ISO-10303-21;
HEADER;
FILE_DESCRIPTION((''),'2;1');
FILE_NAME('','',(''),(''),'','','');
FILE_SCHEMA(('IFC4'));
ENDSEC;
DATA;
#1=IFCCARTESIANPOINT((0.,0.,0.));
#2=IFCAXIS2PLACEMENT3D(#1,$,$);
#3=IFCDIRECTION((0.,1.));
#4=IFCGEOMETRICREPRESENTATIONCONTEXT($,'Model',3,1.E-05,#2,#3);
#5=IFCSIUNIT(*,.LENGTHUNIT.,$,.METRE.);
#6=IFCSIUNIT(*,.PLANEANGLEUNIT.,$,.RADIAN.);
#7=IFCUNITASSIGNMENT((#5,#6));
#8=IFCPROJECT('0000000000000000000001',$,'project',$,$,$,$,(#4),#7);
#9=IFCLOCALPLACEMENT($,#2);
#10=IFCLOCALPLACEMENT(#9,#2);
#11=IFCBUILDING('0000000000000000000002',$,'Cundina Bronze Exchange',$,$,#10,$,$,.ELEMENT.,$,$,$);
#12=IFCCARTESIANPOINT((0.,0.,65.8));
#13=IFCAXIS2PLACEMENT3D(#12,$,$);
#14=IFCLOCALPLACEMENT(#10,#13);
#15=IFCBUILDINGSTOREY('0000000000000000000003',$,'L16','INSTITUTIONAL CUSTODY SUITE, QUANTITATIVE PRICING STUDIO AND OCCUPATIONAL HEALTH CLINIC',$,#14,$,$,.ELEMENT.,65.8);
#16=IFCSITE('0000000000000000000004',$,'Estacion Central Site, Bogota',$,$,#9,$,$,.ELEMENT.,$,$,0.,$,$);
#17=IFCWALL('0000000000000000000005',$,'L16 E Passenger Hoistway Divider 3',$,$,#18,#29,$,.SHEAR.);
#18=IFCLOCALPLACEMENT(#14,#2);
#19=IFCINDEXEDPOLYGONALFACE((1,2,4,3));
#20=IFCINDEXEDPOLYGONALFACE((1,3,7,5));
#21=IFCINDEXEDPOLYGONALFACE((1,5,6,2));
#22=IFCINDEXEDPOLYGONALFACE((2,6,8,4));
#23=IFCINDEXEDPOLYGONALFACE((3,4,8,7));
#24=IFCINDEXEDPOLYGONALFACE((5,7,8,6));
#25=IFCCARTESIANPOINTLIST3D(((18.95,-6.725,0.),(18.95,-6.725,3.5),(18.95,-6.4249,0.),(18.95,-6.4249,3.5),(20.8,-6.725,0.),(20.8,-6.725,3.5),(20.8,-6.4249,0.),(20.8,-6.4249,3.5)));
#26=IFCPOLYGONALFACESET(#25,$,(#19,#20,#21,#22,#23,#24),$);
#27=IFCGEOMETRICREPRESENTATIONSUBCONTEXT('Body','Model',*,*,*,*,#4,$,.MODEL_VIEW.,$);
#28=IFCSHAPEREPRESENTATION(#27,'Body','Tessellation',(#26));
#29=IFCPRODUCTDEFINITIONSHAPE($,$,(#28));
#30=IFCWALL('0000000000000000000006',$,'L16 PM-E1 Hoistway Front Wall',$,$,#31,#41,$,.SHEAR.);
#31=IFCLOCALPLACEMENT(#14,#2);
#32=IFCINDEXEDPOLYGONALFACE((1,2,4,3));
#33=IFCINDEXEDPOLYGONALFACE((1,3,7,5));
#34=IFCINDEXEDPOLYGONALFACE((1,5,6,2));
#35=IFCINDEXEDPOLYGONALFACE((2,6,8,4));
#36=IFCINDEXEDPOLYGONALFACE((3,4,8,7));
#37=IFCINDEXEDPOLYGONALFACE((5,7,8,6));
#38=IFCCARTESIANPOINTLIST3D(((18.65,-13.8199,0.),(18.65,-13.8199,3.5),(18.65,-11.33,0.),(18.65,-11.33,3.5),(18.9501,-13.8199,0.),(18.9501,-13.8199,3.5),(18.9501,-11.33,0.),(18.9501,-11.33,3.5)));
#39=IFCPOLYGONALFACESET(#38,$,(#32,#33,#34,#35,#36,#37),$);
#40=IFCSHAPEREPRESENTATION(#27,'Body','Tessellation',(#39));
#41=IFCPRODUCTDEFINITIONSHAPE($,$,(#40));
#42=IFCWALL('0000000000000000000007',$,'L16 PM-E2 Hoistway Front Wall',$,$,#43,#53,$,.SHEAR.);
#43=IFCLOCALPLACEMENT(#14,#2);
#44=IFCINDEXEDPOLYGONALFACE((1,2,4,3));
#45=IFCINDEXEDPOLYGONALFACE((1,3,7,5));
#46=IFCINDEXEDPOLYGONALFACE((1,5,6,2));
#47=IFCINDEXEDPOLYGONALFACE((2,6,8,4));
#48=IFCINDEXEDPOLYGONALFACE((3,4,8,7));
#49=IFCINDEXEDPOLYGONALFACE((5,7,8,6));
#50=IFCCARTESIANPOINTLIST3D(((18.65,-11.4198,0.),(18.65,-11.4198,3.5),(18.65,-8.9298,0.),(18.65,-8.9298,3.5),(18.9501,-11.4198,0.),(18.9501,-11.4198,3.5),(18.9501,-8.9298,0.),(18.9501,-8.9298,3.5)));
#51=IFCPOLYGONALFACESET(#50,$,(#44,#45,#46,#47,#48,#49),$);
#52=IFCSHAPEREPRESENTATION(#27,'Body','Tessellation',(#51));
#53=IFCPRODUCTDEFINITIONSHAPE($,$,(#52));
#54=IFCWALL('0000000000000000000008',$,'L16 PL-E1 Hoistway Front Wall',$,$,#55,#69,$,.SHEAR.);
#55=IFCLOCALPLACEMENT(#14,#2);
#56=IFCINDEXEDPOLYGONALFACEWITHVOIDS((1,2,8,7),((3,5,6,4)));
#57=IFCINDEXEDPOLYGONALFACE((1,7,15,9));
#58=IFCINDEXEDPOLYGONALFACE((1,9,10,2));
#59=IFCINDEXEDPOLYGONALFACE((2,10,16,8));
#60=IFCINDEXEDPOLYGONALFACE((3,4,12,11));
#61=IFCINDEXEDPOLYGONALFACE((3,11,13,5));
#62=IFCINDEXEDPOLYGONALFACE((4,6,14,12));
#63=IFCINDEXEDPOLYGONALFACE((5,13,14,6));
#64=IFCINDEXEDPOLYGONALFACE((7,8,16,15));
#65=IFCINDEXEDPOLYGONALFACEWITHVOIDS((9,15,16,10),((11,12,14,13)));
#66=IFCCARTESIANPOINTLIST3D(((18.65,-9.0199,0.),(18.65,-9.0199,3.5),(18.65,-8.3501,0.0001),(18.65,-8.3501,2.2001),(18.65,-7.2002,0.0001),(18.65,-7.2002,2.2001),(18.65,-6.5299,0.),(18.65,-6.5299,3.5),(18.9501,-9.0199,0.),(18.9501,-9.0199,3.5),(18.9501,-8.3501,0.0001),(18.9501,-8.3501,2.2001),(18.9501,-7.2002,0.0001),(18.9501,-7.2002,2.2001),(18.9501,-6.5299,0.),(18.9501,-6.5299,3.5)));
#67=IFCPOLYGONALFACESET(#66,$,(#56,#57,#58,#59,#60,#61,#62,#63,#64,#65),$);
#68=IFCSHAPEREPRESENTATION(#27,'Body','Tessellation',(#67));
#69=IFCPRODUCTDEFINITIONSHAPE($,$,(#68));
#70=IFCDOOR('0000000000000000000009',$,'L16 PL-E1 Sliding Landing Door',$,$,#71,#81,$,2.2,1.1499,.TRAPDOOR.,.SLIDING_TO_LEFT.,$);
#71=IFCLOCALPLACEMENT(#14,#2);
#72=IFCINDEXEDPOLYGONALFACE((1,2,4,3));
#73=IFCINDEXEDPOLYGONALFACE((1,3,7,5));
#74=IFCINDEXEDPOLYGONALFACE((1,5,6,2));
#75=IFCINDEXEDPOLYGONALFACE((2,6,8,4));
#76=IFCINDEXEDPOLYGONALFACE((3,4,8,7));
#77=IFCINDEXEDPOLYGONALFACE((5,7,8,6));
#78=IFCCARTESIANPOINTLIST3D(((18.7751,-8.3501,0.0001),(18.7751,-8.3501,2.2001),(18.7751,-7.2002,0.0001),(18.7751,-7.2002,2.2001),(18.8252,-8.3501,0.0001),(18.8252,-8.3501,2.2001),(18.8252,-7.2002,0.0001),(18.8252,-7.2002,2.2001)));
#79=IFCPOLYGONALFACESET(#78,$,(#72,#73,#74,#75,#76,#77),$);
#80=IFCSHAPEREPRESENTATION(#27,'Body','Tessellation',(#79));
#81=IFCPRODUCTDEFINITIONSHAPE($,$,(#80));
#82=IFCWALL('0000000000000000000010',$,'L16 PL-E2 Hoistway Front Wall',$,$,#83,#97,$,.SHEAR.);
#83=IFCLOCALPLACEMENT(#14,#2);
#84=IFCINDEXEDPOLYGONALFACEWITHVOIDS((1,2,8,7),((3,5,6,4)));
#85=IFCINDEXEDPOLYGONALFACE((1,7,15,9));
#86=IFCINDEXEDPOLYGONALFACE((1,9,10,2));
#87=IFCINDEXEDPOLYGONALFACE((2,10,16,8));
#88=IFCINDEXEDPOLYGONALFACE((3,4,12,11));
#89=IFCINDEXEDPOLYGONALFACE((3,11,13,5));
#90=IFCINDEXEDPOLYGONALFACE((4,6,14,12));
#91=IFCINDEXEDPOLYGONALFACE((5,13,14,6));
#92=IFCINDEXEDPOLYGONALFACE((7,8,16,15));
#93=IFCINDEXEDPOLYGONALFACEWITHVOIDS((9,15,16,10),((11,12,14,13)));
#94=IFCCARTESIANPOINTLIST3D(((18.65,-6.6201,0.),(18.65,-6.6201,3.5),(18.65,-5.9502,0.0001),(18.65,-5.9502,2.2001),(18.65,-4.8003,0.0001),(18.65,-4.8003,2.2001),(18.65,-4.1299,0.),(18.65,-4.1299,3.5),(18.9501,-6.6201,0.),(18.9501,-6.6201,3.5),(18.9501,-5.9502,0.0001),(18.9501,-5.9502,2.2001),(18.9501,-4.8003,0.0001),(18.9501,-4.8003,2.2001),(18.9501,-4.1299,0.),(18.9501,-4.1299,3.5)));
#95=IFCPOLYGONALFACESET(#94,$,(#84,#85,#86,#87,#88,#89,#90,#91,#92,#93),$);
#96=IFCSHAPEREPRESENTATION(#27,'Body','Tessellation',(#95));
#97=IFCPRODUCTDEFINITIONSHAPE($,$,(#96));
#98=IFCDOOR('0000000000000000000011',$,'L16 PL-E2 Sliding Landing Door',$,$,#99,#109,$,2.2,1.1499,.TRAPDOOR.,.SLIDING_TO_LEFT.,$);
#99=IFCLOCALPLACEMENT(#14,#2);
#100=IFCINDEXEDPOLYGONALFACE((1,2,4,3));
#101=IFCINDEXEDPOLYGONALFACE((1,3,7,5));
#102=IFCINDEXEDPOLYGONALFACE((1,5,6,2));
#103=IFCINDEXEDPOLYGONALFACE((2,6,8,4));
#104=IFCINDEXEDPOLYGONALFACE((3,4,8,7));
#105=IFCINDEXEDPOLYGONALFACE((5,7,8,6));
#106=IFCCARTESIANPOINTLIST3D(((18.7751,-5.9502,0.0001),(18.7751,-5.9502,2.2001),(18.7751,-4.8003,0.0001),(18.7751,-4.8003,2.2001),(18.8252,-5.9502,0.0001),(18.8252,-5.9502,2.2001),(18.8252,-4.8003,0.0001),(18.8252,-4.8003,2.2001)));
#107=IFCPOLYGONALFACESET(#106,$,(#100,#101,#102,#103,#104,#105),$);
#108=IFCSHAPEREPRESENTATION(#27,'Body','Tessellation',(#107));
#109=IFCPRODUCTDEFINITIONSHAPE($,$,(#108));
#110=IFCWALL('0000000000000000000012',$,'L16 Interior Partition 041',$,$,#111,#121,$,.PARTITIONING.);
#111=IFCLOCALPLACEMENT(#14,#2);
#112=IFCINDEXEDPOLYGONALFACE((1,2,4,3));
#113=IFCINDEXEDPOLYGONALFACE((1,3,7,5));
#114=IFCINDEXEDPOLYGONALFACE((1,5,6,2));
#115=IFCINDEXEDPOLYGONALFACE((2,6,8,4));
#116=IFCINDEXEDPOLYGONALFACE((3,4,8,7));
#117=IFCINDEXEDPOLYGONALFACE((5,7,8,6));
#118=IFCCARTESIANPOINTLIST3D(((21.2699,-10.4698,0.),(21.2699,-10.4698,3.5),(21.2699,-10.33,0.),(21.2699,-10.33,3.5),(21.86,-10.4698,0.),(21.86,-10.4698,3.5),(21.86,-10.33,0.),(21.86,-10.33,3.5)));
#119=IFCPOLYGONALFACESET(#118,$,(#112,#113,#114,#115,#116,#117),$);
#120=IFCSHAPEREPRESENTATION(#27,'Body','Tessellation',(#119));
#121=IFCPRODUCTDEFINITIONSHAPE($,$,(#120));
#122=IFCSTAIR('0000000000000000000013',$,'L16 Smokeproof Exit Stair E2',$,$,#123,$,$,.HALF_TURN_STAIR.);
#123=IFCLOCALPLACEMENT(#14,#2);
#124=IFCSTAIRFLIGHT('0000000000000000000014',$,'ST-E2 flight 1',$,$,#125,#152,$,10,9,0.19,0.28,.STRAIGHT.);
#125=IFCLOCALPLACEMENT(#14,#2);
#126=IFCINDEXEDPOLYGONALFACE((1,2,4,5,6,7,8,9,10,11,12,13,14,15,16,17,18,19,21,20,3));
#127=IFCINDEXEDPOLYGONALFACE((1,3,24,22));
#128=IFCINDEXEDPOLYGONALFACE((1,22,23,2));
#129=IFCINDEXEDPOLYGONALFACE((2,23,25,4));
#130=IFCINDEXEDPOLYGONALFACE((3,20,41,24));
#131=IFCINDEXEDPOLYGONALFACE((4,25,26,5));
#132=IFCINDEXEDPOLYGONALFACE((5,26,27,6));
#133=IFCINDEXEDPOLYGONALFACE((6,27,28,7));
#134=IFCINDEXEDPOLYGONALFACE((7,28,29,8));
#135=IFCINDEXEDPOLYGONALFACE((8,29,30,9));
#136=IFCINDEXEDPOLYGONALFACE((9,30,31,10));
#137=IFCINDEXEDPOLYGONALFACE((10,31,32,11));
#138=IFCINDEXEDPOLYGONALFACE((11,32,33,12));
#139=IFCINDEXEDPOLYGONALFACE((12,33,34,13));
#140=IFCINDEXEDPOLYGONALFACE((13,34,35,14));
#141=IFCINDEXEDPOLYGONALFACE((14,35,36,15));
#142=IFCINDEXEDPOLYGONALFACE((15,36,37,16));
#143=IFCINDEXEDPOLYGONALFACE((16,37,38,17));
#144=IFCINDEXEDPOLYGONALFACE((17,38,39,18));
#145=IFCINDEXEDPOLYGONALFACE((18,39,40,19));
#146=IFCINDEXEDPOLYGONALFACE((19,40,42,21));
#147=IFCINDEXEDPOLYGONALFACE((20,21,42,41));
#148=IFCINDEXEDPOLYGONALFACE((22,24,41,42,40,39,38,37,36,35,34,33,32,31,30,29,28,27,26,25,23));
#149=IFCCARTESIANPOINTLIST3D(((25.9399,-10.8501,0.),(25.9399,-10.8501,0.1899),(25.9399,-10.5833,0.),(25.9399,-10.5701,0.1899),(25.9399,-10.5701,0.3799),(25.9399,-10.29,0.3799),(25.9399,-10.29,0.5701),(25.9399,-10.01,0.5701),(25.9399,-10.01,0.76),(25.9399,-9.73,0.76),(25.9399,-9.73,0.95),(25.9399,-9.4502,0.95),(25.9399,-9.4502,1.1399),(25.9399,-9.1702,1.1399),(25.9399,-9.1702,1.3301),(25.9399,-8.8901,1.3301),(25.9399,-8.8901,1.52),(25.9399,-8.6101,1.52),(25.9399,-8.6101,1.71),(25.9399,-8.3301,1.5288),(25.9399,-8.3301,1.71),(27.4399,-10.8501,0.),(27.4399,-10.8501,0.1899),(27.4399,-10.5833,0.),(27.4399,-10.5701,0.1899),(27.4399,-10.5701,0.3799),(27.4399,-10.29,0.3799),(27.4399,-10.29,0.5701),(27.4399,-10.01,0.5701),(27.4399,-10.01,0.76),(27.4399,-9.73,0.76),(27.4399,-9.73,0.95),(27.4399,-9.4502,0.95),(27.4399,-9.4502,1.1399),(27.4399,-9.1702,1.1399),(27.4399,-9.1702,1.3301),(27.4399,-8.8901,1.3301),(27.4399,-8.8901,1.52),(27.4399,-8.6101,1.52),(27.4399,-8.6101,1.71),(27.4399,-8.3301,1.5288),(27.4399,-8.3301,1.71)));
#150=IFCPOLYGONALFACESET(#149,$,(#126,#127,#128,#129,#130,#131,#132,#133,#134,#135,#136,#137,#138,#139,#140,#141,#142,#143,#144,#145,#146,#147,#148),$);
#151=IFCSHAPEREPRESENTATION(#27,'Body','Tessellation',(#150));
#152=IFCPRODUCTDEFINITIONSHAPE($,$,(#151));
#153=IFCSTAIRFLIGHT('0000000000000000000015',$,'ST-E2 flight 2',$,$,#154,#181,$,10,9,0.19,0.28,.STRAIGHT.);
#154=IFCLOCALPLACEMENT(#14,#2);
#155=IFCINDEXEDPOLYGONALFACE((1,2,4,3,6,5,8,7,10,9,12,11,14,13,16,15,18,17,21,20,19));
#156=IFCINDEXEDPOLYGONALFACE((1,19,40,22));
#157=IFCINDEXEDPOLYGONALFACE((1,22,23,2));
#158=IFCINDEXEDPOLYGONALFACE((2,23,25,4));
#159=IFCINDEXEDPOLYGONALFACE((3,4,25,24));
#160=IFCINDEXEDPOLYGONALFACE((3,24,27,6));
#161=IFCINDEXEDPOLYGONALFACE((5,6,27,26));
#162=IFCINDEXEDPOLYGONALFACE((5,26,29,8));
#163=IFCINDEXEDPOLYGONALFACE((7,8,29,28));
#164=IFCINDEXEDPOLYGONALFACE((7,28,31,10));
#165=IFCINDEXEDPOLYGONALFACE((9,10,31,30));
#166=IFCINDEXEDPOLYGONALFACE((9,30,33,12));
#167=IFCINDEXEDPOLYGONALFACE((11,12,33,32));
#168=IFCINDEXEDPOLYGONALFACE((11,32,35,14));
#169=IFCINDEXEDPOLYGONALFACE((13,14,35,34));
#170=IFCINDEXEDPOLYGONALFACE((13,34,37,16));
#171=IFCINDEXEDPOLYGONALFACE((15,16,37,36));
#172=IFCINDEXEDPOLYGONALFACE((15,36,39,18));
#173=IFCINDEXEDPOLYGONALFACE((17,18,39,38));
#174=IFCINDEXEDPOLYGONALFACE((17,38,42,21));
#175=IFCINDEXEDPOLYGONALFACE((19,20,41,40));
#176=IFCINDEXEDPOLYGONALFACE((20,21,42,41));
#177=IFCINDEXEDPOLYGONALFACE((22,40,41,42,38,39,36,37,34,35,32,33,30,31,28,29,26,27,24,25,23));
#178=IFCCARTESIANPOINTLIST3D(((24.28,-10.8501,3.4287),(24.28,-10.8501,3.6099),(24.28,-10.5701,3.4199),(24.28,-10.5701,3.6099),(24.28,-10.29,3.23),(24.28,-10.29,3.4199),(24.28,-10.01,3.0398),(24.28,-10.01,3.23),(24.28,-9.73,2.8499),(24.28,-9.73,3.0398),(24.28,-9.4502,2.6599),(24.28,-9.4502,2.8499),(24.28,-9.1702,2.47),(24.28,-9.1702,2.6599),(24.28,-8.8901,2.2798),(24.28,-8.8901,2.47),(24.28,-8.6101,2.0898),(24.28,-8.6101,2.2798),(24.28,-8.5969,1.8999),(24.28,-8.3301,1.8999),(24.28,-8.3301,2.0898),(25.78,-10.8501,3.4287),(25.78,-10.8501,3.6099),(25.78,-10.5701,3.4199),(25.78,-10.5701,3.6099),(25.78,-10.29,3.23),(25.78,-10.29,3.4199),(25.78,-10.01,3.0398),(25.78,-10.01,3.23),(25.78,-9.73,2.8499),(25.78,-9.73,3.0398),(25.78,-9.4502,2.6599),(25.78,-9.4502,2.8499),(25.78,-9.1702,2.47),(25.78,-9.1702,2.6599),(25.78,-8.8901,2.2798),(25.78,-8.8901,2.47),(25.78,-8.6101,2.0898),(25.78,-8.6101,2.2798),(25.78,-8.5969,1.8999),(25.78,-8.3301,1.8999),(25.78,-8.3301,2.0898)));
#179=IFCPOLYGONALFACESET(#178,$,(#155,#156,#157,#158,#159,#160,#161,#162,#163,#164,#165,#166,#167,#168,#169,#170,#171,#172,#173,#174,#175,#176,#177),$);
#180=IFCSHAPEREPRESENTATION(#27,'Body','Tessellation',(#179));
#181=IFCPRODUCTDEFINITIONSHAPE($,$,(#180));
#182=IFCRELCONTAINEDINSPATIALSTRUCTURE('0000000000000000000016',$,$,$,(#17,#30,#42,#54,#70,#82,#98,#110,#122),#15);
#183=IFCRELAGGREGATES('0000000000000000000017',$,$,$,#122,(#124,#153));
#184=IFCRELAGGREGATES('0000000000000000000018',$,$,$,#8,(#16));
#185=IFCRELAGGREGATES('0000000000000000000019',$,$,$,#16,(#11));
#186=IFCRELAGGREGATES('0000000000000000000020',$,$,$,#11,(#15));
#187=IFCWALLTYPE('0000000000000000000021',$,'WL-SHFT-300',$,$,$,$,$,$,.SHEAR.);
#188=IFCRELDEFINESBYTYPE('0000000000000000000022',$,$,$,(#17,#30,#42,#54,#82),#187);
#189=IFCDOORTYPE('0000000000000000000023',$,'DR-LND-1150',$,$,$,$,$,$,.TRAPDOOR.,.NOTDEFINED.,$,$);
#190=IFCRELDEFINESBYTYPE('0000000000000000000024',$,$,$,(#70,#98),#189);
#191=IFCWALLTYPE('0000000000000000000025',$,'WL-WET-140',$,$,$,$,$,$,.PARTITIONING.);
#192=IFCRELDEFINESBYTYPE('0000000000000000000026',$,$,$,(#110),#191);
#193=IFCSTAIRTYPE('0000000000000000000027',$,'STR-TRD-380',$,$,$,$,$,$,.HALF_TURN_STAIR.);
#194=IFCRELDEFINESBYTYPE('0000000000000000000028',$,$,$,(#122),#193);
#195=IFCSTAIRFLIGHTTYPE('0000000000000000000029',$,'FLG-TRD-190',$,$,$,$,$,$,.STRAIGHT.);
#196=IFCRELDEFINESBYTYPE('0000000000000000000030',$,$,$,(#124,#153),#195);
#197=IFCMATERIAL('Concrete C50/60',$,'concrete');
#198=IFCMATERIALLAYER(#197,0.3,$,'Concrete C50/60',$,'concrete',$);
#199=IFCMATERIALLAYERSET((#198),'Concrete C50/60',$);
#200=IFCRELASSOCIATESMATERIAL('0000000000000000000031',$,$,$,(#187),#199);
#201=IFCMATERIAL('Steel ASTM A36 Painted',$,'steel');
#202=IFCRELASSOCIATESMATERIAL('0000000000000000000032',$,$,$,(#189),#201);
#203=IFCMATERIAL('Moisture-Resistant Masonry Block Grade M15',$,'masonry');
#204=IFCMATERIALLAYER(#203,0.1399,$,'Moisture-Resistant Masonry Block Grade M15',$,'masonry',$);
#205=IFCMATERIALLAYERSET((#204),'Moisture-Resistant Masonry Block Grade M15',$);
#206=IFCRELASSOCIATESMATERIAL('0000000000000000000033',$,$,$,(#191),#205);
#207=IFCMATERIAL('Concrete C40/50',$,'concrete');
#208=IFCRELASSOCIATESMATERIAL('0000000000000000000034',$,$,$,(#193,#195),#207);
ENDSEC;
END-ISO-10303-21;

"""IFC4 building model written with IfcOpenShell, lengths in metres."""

from ifc_helpers import new_model, si_unit, direction, frame, frame_2d, origin, place, context, subcontext, project, spatial, polyline, rectangle, outline, extrude, material, layer, layer_set, type_object, element, fill, aggregate, save


model = new_model("IFC4")

# Units and contexts
model_context = context("Model", 3, precision=1e-05, world=origin(), true_north=direction((0.0, 1.0)))
body_context = subcontext(model_context, "Body", "Model", "MODEL_VIEW")
ifc_project = project(units=[si_unit("LENGTHUNIT", "METRE"), si_unit("PLANEANGLEUNIT", "RADIAN")], contexts=[model_context])

# Site, building, storey
site_placement = place(None, origin())
site = spatial("IfcSite", under=ifc_project, at=site_placement, Name="Estacion Central Site, Bogota", CompositionType="ELEMENT", RefElevation=0.0)
building_placement = place(site_placement, origin())
building = spatial("IfcBuilding", under=site, at=building_placement, Name="Cundina Bronze Exchange", CompositionType="ELEMENT")
storey_placement = place(building_placement, frame((0.0, 0.0, 65.8)))
storey = spatial("IfcBuildingStorey", under=building, at=storey_placement, Name="L16", Description="INSTITUTIONAL CUSTODY SUITE, QUANTITATIVE PRICING STUDIO AND OCCUPATIONAL HEALTH CLINIC", CompositionType="ELEMENT", Elevation=65.8)

# Shared definitions
ifc_material_1 = material(Name="Concrete C50/60", Category="concrete")
ifc_layer_1 = layer(ifc_material_1, 0.3, Name="Concrete C50/60", Category="concrete")
ifc_layer_set_1 = layer_set([ifc_layer_1], Name="Concrete C50/60")
wall_type_1 = type_object("IfcWallType", Name="WL-SHFT-300", PredefinedType="SHEAR", material=ifc_layer_set_1)

# Shared definitions
ifc_material_2 = material(Name="Steel ASTM A36 Painted", Category="steel")
door_type_1 = type_object("IfcDoorType", Name="DR-LND-1150", OperationType="NOTDEFINED", PredefinedType="TRAPDOOR", material=ifc_material_2)

# Walls
for number, where, z_axis, x_axis, name in (
    (1, (18.95, -6.575, 0.0), (0.0, 0.0, 1.0), (1.0, 0.0, 0.0), "L16 E Passenger Hoistway Divider 3"),
):
    element("IfcWall", number, at=place(storey_placement, frame(where, z_axis=z_axis, x_axis=x_axis)), inside=storey, type_object=wall_type_1, Name=name, PredefinedType="SHEAR", context=body_context, shape_type="SweptSolid", body=[
        extrude(rectangle(XDim=1.8501, YDim=0.3, at=frame_2d((0.925, 0.0))), origin(), (0.0, 0.0, 1.0), 3.5),
    ])
for number, where, z_axis, x_axis, name in (
    (2, (18.8, -13.8201, 0.0), (0.0, 0.0, 1.0), (0.0, 1.0, 0.0), "L16 PM-E1 Hoistway Front Wall"),
    (3, (18.8, -11.4199, 0.0), (0.0, 0.0, 1.0), (0.0, 1.0, 0.0), "L16 PM-E2 Hoistway Front Wall"),
):
    element("IfcWall", number, at=place(storey_placement, frame(where, z_axis=z_axis, x_axis=x_axis)), inside=storey, type_object=wall_type_1, Name=name, PredefinedType="SHEAR", context=body_context, shape_type="SweptSolid", body=[
        extrude(rectangle(XDim=2.49, YDim=0.3, at=frame_2d((1.2451, 0.0))), origin(), (0.0, 0.0, 1.0), 3.5),
    ])

# Walls, openings, doors
wall_1_placement = place(storey_placement, frame((18.8, -9.02, 0.0), z_axis=(0.0, 0.0, 1.0), x_axis=(0.0, 1.0, 0.0)))
wall_1 = element("IfcWall", 4, at=wall_1_placement, inside=storey, type_object=wall_type_1, Name="L16 PL-E1 Hoistway Front Wall", PredefinedType="SHEAR", context=body_context, shape_type="SweptSolid", body=[
    extrude(rectangle(XDim=2.49, YDim=0.3, at=frame_2d((1.2451, 0.0))), origin(), (0.0, 0.0, 1.0), 3.5),
])
opening_1_placement = place(wall_1_placement, frame((0.6699, 0.0, 0.0)))
opening_1 = element("IfcOpeningElement", 5, at=opening_1_placement, cuts=wall_1, PredefinedType="OPENING", context=body_context, shape_type="SweptSolid", body=[
    extrude(rectangle(XDim=1.1499, YDim=2.2, at=frame_2d((0.575, 1.1001))), frame((0.0, 0.1599, 0.0), z_axis=(0.0, -1.0, 0.0), x_axis=(1.0, 0.0, 0.0)), (0.0, 0.0, 1.0), 0.3201),
])
door_1_placement = place(opening_1_placement, origin())
door_1 = element("IfcDoor", 6, at=door_1_placement, inside=storey, type_object=door_type_1, Name="L16 PL-E1 Sliding Landing Door", OperationType="SLIDING_TO_LEFT", OverallHeight=2.2, OverallWidth=1.1499, PredefinedType="TRAPDOOR", context=body_context, shape_type="SweptSolid", body=[
    extrude(rectangle(XDim=1.1499, YDim=2.2, at=frame_2d((0.575, 1.1001))), frame((0.0, 0.0249, 0.0), z_axis=(0.0, -1.0, 0.0), x_axis=(1.0, 0.0, 0.0)), (0.0, 0.0, 1.0), 0.05),
])
fill(opening_1, door_1)
wall_2_placement = place(storey_placement, frame((18.8, -6.6201, 0.0), z_axis=(0.0, 0.0, 1.0), x_axis=(0.0, 1.0, 0.0)))
wall_2 = element("IfcWall", 7, at=wall_2_placement, inside=storey, type_object=wall_type_1, Name="L16 PL-E2 Hoistway Front Wall", PredefinedType="SHEAR", context=body_context, shape_type="SweptSolid", body=[
    extrude(rectangle(XDim=2.4902, YDim=0.3, at=frame_2d((1.2451, 0.0))), origin(), (0.0, 0.0, 1.0), 3.5),
])
opening_2_placement = place(wall_2_placement, frame((0.6699, 0.0, 0.0)))
opening_2 = element("IfcOpeningElement", 8, at=opening_2_placement, cuts=wall_2, PredefinedType="OPENING", context=body_context, shape_type="SweptSolid", body=[
    extrude(rectangle(XDim=1.1499, YDim=2.2, at=frame_2d((0.575, 1.1001))), frame((0.0, 0.1599, 0.0), z_axis=(0.0, -1.0, 0.0), x_axis=(1.0, 0.0, 0.0)), (0.0, 0.0, 1.0), 0.3201),
])
door_2_placement = place(opening_2_placement, origin())
door_2 = element("IfcDoor", 9, at=door_2_placement, inside=storey, type_object=door_type_1, Name="L16 PL-E2 Sliding Landing Door", OperationType="SLIDING_TO_LEFT", OverallHeight=2.2, OverallWidth=1.1499, PredefinedType="TRAPDOOR", context=body_context, shape_type="SweptSolid", body=[
    extrude(rectangle(XDim=1.1499, YDim=2.2, at=frame_2d((0.575, 1.1001))), frame((0.0, 0.0249, 0.0), z_axis=(0.0, -1.0, 0.0), x_axis=(1.0, 0.0, 0.0)), (0.0, 0.0, 1.0), 0.05),
])
fill(opening_2, door_2)

# Wall
ifc_material_3 = material(Name="Moisture-Resistant Masonry Block Grade M15", Category="masonry")
ifc_layer_2 = layer(ifc_material_3, 0.1399, Name="Moisture-Resistant Masonry Block Grade M15", Category="masonry")
ifc_layer_set_2 = layer_set([ifc_layer_2], Name="Moisture-Resistant Masonry Block Grade M15")
wall_type_2 = type_object("IfcWallType", Name="WL-WET-140", PredefinedType="PARTITIONING", material=ifc_layer_set_2)
wall_3_placement = place(storey_placement, frame((21.27, -10.3999, 0.0), z_axis=(0.0, 0.0, 1.0), x_axis=(1.0, 0.0, 0.0)))
element("IfcWall", 10, at=wall_3_placement, inside=storey, type_object=wall_type_2, Name="L16 Interior Partition 041", PredefinedType="PARTITIONING", context=body_context, shape_type="SweptSolid", body=[
    extrude(rectangle(XDim=0.5901, YDim=0.1399, at=frame_2d((0.2949, 0.0))), origin(), (0.0, 0.0, 1.0), 3.5),
])

# Stair, stair flights
ifc_material_4 = material(Name="Concrete C40/50", Category="concrete")
stair_type = type_object("IfcStairType", Name="STR-TRD-380", PredefinedType="HALF_TURN_STAIR", material=ifc_material_4)
stair_placement = place(storey_placement, origin())
stair = element("IfcStair", 11, at=stair_placement, inside=storey, type_object=stair_type, Name="L16 Smokeproof Exit Stair E2", PredefinedType="HALF_TURN_STAIR")
stair_flight_type = type_object("IfcStairFlightType", Name="FLG-TRD-190", PredefinedType="STRAIGHT", material=ifc_material_4)
stair_flight_1_placement = place(storey_placement, frame((26.6899, -10.8501, 0.0), z_axis=(0.0, 0.0, 1.0), x_axis=(0.0, 1.0, 0.0)))
stair_flight_1 = element("IfcStairFlight", 12, at=stair_flight_1_placement, type_object=stair_flight_type, Name="ST-E2 flight 1", NumberOfRisers=10, NumberOfTreads=9, PredefinedType="STRAIGHT", RiserHeight=0.19, TreadLength=0.28, context=body_context, shape_type="SweptSolid", body=[
    extrude(outline(polyline([(0.0, 0.0), (0.0, 0.1899), (0.28, 0.1899), (0.28, 0.3799), (0.5601, 0.3799), (0.5601, 0.5701), (0.8401, 0.5701), (0.8401, 0.76), (1.1201, 0.76), (1.1201, 0.95), (1.3999, 0.95), (1.3999, 1.1399), (1.6799, 1.1399), (1.6799, 1.3301), (1.96, 1.3301), (1.96, 1.52), (2.24, 1.52), (2.24, 1.71), (2.52, 1.71), (2.52, 1.8999), (2.52, 1.5288), (0.2668, 0.0), (0.0, 0.0)])), frame((0.0, 0.75, 0.0), z_axis=(0.0, -1.0, 0.0), x_axis=(1.0, 0.0, 0.0)), (0.0, 0.0, 1.0), 1.5),
])
stair_flight_2_placement = place(storey_placement, frame((25.03, -8.3301, 1.8999), z_axis=(0.0, 0.0, 1.0), x_axis=(0.0, -1.0, 0.0)))
stair_flight_2 = element("IfcStairFlight", 13, at=stair_flight_2_placement, type_object=stair_flight_type, Name="ST-E2 flight 2", NumberOfRisers=10, NumberOfTreads=9, PredefinedType="STRAIGHT", RiserHeight=0.19, TreadLength=0.28, context=body_context, shape_type="SweptSolid", body=[
    extrude(outline(polyline([(0.0, 0.0), (0.0, 0.1899), (0.28, 0.1899), (0.28, 0.3799), (0.5601, 0.3799), (0.5601, 0.5701), (0.8401, 0.5701), (0.8401, 0.76), (1.1201, 0.76), (1.1201, 0.95), (1.3999, 0.95), (1.3999, 1.1399), (1.6799, 1.1399), (1.6799, 1.3301), (1.96, 1.3301), (1.96, 1.52), (2.24, 1.52), (2.24, 1.71), (2.52, 1.71), (2.52, 1.8999), (2.52, 1.5288), (0.2668, 0.0), (0.0, 0.0)])), frame((0.0, 0.75, 0.0), z_axis=(0.0, -1.0, 0.0), x_axis=(1.0, 0.0, 0.0)), (0.0, 0.0, 1.0), 1.5),
])
aggregate(stair, [stair_flight_1, stair_flight_2])

save(model, "model.ifc")
